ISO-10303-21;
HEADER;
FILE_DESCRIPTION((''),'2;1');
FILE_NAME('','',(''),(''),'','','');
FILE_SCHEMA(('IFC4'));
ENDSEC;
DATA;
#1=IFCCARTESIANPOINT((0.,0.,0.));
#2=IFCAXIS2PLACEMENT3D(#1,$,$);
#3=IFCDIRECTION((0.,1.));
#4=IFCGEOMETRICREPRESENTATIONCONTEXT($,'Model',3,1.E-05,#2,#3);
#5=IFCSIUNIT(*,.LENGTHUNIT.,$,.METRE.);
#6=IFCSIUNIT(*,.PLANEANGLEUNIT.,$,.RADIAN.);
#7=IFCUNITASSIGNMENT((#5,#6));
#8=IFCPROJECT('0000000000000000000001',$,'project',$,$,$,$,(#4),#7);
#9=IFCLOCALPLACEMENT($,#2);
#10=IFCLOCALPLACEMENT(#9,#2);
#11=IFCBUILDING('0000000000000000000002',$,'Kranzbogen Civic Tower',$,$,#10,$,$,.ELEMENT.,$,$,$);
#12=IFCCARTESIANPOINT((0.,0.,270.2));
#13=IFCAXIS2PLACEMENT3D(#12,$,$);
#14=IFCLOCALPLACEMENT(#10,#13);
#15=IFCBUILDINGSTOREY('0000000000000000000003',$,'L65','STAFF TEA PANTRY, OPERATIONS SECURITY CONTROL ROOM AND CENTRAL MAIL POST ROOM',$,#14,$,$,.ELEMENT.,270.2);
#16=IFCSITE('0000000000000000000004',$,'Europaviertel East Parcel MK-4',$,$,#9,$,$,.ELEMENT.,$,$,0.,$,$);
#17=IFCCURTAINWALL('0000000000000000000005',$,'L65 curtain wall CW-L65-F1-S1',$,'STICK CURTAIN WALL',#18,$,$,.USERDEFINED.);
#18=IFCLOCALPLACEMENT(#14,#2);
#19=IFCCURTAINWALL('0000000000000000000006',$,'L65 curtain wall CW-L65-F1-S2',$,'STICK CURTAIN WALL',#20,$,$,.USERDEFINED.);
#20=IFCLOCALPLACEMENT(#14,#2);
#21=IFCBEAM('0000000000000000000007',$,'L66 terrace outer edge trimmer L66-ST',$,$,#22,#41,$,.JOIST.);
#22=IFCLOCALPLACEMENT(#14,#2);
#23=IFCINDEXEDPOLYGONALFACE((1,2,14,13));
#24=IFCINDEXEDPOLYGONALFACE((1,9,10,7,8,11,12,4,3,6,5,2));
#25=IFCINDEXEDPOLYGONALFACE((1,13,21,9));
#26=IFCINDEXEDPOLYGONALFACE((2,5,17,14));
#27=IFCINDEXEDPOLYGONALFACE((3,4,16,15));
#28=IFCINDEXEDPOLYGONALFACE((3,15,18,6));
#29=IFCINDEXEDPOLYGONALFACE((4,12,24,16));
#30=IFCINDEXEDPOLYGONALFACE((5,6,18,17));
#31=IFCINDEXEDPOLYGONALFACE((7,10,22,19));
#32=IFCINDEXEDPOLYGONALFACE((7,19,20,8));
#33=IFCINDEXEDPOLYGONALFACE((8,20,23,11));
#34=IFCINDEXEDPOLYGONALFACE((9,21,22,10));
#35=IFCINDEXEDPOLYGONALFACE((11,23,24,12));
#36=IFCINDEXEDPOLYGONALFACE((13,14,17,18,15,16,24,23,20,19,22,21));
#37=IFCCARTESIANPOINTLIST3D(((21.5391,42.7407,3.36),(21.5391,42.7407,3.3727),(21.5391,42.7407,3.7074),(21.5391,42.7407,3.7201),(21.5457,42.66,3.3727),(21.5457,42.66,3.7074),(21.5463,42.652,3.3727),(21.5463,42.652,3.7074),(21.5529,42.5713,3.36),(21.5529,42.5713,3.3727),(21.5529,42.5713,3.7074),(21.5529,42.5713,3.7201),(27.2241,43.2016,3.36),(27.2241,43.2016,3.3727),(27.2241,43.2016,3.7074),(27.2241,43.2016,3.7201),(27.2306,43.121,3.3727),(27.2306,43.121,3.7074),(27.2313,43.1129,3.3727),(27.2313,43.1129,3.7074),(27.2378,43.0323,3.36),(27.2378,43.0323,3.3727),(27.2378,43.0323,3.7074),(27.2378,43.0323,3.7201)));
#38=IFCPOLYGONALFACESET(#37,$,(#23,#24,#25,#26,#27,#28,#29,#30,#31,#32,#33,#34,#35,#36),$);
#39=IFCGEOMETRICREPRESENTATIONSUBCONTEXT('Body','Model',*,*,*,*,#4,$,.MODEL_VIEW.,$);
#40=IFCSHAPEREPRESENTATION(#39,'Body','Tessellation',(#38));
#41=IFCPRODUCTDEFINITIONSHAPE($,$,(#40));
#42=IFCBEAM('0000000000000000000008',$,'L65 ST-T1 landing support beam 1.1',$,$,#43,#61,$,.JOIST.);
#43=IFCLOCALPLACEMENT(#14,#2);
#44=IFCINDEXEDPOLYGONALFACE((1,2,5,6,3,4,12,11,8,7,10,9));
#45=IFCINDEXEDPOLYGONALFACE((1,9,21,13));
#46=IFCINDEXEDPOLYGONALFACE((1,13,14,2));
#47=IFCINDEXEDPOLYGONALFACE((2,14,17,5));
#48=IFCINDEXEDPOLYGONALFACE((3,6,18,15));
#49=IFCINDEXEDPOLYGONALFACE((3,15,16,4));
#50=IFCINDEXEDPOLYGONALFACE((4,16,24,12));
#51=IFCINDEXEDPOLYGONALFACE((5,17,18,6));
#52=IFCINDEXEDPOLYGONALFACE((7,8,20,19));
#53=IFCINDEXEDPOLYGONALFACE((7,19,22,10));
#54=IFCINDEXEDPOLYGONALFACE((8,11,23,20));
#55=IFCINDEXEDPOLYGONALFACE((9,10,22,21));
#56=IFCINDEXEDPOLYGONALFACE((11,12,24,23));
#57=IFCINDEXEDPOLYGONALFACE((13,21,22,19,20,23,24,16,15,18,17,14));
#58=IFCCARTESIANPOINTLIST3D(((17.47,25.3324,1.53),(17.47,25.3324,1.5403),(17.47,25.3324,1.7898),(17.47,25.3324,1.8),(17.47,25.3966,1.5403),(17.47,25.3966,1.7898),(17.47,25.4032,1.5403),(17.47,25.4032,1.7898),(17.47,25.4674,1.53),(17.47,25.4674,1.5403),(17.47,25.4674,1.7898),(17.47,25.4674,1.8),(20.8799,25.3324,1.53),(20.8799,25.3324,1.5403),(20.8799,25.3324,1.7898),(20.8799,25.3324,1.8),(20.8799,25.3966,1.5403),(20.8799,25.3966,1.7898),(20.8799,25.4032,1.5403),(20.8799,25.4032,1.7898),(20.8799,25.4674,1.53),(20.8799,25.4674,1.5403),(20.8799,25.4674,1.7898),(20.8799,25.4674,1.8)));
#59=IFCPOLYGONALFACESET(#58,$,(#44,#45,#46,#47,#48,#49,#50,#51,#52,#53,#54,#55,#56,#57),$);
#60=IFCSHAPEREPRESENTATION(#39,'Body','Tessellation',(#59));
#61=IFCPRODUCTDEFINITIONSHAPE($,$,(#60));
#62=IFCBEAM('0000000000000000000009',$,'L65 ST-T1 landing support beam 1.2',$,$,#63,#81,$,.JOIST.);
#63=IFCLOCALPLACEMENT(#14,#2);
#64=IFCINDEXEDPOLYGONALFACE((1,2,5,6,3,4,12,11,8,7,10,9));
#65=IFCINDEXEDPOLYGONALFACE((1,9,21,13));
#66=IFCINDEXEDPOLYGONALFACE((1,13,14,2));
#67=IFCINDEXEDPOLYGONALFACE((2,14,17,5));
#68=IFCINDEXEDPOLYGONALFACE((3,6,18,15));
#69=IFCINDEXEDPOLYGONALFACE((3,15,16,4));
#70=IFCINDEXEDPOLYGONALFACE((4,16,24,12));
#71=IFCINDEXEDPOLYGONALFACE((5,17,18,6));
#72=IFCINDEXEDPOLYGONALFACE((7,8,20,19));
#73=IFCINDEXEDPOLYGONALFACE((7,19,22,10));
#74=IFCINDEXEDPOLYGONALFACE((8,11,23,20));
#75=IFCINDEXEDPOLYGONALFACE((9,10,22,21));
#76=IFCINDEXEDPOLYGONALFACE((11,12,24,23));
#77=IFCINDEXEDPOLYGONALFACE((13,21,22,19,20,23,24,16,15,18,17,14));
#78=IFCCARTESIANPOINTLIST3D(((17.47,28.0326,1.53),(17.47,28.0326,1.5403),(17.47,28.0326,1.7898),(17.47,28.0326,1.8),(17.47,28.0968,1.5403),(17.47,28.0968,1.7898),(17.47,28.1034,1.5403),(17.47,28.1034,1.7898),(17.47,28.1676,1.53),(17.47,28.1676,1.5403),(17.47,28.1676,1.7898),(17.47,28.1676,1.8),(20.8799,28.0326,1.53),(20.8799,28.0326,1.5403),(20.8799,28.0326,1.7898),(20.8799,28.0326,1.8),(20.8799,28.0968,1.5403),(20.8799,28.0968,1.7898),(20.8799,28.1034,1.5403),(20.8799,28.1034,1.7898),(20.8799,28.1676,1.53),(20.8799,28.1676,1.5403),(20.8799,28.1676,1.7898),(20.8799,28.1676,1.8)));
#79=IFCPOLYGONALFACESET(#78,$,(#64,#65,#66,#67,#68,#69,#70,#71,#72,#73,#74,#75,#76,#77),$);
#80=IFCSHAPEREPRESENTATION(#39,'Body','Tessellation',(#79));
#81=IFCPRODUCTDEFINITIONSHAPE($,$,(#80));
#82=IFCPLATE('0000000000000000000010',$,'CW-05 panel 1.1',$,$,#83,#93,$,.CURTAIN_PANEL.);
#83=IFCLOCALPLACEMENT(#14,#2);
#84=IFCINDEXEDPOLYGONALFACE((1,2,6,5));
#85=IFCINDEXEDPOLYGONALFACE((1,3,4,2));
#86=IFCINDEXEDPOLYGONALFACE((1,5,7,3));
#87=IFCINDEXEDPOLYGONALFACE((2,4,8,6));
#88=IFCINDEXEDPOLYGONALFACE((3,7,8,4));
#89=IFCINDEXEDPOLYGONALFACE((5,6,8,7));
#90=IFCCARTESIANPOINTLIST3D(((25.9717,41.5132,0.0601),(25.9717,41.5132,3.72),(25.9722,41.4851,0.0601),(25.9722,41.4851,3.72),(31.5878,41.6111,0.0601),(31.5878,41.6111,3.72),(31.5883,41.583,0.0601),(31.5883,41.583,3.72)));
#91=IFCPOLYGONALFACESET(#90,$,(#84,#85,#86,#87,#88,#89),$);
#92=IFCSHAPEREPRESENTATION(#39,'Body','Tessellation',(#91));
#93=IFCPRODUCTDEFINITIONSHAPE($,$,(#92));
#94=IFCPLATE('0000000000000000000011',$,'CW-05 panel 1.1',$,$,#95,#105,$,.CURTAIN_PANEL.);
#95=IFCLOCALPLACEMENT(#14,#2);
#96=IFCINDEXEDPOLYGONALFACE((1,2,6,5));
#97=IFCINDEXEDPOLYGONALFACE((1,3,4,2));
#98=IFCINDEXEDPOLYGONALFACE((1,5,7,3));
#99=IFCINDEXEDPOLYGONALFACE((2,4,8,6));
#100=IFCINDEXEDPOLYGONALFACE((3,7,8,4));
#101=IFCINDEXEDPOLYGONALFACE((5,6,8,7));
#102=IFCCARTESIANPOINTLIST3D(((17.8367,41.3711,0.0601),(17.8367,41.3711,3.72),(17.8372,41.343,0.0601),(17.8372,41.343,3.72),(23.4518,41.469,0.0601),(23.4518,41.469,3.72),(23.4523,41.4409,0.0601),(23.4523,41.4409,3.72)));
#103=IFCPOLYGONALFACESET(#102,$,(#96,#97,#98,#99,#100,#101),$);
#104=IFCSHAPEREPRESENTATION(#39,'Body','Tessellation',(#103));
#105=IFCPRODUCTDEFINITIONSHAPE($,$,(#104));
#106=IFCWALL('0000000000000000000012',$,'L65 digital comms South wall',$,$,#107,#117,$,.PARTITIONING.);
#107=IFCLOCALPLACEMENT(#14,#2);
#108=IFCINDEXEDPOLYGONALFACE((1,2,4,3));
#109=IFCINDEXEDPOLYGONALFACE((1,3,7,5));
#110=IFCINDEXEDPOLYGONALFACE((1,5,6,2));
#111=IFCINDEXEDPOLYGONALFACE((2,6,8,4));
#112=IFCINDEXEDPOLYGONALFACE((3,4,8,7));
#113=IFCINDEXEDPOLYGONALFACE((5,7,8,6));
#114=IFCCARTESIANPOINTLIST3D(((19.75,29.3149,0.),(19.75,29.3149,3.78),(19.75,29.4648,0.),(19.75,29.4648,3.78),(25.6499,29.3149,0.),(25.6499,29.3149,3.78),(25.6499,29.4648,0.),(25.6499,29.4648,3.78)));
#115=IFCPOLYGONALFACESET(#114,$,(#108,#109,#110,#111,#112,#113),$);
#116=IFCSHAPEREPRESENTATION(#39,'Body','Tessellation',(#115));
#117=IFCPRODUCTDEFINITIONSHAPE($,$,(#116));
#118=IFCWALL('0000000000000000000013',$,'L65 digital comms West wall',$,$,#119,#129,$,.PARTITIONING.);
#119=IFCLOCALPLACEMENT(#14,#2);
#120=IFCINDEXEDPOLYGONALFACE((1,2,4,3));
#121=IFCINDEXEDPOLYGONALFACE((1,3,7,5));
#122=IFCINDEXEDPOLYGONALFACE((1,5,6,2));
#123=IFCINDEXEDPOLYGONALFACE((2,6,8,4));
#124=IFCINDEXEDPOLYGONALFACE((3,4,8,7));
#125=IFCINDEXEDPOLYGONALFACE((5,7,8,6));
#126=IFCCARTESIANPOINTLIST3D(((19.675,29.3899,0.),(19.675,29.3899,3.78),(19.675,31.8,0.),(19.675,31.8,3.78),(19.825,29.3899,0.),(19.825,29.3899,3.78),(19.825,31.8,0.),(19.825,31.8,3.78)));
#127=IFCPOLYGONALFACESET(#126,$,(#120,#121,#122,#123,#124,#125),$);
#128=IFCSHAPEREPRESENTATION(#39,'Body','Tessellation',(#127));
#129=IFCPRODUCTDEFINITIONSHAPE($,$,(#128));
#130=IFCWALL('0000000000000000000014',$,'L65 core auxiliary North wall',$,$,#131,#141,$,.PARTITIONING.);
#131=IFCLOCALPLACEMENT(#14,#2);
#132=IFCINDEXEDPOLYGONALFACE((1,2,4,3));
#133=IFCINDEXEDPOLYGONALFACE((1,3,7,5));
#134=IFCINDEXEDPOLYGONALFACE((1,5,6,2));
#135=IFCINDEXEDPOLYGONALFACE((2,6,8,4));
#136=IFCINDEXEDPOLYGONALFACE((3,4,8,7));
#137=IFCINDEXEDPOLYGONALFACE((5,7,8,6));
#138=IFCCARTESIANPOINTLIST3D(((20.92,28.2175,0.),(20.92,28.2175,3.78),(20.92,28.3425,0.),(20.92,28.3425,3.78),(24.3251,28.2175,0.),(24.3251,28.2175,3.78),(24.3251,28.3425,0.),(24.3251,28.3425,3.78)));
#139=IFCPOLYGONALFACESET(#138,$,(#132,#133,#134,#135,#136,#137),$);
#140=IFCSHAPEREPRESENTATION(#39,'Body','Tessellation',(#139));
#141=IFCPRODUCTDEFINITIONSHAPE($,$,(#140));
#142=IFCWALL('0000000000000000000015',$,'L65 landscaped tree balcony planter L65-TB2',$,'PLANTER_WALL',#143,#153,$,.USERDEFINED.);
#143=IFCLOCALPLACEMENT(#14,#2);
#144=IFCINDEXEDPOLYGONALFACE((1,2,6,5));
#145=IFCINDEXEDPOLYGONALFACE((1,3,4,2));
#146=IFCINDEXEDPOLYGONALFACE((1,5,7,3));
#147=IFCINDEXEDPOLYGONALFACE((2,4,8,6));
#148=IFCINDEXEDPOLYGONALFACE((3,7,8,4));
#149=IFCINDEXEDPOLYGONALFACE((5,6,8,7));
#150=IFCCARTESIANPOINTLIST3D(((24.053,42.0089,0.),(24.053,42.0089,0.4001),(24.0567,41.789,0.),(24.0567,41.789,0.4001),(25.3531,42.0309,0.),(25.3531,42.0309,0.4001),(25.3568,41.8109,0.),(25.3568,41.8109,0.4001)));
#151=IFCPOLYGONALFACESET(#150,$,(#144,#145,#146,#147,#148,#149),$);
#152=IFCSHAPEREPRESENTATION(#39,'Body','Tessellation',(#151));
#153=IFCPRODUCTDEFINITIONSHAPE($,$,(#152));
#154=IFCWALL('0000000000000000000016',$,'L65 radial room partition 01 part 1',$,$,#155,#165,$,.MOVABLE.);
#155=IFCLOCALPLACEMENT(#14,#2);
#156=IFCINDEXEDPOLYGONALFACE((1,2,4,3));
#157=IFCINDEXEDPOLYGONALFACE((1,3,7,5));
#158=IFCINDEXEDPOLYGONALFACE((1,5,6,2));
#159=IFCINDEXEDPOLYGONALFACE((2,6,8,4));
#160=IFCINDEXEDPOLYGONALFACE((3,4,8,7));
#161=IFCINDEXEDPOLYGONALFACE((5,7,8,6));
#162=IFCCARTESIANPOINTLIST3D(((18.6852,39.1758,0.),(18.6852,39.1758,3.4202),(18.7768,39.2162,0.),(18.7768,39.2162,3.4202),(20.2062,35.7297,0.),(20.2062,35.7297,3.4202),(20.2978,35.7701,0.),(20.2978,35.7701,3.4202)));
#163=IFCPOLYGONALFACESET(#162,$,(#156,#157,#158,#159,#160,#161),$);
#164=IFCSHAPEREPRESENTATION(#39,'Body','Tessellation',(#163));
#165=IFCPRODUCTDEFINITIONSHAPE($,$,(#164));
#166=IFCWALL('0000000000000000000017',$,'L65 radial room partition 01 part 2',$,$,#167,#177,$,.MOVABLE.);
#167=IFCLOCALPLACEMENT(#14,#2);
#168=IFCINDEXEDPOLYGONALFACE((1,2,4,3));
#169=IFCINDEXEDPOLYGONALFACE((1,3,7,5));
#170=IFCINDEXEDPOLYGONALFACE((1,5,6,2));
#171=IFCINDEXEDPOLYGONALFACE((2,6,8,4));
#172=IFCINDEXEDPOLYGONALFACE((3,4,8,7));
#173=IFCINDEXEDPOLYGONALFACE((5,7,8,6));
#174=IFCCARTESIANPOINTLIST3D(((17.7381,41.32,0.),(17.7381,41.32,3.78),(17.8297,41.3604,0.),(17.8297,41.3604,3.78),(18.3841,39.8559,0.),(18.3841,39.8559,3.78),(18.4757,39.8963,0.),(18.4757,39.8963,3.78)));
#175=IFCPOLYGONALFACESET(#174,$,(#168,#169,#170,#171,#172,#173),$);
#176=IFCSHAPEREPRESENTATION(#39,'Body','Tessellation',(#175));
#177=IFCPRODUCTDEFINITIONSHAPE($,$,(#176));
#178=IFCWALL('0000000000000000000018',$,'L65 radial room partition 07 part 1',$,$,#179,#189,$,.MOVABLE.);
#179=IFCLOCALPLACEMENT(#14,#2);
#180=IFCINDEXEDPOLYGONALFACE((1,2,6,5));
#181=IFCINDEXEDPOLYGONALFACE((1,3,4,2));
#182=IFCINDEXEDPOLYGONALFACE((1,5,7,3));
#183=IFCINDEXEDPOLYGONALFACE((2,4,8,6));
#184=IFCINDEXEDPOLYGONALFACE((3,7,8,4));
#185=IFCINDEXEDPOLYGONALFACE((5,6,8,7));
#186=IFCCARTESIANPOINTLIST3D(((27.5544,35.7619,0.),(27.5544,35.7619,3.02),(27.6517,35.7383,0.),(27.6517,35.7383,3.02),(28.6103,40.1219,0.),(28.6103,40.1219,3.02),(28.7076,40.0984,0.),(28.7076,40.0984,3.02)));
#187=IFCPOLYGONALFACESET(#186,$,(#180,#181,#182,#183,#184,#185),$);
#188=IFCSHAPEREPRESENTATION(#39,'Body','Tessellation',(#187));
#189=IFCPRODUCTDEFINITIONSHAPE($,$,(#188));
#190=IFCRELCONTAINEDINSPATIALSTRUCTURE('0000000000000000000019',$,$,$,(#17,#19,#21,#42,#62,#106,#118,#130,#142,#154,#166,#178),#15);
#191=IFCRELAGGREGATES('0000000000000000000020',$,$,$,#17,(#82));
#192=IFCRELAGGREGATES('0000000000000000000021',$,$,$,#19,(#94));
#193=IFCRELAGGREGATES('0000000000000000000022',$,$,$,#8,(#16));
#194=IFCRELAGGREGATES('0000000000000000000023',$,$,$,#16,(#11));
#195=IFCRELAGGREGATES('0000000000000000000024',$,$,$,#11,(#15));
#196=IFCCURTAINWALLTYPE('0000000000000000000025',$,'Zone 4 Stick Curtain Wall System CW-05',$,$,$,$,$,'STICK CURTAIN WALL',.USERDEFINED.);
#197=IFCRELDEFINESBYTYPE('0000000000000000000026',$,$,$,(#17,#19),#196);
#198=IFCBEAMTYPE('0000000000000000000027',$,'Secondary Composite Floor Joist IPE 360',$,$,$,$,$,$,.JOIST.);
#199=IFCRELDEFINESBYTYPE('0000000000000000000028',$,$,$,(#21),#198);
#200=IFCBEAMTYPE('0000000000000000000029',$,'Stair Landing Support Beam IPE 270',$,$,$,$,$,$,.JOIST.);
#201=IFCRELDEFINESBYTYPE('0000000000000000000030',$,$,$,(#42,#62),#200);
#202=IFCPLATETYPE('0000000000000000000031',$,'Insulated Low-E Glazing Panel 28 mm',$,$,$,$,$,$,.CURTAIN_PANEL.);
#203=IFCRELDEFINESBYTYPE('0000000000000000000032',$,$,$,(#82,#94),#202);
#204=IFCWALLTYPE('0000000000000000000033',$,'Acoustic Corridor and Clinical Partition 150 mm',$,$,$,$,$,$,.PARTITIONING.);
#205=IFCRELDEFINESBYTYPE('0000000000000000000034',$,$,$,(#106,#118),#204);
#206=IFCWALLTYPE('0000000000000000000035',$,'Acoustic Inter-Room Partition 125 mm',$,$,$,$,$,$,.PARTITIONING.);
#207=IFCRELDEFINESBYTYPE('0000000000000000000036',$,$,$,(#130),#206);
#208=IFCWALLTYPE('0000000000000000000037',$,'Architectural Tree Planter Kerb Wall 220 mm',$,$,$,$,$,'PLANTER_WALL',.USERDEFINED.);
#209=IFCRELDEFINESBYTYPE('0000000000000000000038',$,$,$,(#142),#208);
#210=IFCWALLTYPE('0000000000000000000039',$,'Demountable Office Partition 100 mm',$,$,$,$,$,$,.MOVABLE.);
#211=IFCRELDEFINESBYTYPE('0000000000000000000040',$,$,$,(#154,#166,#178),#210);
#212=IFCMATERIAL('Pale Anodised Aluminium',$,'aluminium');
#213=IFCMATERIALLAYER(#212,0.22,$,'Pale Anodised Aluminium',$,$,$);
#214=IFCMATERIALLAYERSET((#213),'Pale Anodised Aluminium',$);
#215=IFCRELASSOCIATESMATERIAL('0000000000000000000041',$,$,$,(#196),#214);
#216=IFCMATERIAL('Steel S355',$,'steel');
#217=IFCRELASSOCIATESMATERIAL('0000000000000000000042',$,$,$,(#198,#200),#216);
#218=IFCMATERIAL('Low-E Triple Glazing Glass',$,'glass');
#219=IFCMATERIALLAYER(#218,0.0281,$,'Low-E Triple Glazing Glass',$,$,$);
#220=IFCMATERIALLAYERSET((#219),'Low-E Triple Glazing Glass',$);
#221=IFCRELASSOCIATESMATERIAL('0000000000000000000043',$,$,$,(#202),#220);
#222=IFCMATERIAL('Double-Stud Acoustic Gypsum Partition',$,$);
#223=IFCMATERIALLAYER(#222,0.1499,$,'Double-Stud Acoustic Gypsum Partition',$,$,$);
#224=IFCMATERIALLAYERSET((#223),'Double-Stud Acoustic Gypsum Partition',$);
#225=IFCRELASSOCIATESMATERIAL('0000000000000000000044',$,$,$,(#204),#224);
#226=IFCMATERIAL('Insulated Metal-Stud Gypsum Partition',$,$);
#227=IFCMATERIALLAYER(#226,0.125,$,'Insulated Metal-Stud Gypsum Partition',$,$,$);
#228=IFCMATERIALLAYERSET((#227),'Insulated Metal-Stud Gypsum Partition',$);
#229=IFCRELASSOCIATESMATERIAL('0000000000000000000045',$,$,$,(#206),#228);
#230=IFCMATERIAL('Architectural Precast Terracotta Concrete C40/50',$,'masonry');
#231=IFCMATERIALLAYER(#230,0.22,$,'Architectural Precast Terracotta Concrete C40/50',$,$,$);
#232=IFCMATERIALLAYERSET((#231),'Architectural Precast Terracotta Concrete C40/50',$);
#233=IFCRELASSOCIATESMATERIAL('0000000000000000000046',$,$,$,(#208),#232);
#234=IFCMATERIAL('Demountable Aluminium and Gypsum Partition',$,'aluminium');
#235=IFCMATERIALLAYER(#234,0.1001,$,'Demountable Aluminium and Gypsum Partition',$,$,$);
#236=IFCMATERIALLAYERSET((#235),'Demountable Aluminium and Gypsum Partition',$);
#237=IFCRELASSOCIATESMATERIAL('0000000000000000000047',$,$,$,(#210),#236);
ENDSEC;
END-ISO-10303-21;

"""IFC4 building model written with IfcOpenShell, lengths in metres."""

from ifc_helpers import new_model, si_unit, direction, frame, frame_2d, origin, origin_2d, place, context, subcontext, project, spatial, rectangle, i_section, extrude, material, layer, layer_set, material_profile, profile_set, type_object, element, aggregate, save


model = new_model("IFC4")

# Units and contexts
model_context = context("Model", 3, precision=1e-05, world=origin(), true_north=direction((0.0, 1.0)))
body_context = subcontext(model_context, "Body", "Model", "MODEL_VIEW")
ifc_project = project(units=[si_unit("LENGTHUNIT", "METRE"), si_unit("PLANEANGLEUNIT", "RADIAN")], contexts=[model_context])

# Site, building, storey
site_placement = place(None, origin())
site = spatial("IfcSite", under=ifc_project, at=site_placement, Name="Europaviertel East Parcel MK-4", CompositionType="ELEMENT", RefElevation=0.0)
building_placement = place(site_placement, origin())
building = spatial("IfcBuilding", under=site, at=building_placement, Name="Kranzbogen Civic Tower", CompositionType="ELEMENT")
storey_placement = place(building_placement, frame((0.0, 0.0, 270.2)))
storey = spatial("IfcBuildingStorey", under=building, at=storey_placement, Name="L65", Description="STAFF TEA PANTRY, OPERATIONS SECURITY CONTROL ROOM AND CENTRAL MAIL POST ROOM", CompositionType="ELEMENT", Elevation=270.2)

# Shared definitions
ifc_material_1 = material(Name="Steel S355", Category="steel")

# Curtain wall
ifc_material_2 = material(Name="Pale Anodised Aluminium", Category="aluminium")
ifc_layer_1 = layer(ifc_material_2, 0.22, Name="Pale Anodised Aluminium")
ifc_layer_set_1 = layer_set([ifc_layer_1], Name="Pale Anodised Aluminium")
curtain_wall_type = type_object("IfcCurtainWallType", Name="Zone 4 Stick Curtain Wall System CW-05", ElementType="STICK CURTAIN WALL", PredefinedType="USERDEFINED", material=ifc_layer_set_1)
curtain_wall_1_placement = place(storey_placement, origin())
curtain_wall_1 = element("IfcCurtainWall", 1, at=curtain_wall_1_placement, inside=storey, type_object=curtain_wall_type, Name="L65 curtain wall CW-L65-F1-S1", ObjectType="STICK CURTAIN WALL", PredefinedType="USERDEFINED")

# Curtain wall
curtain_wall_2_placement = place(storey_placement, origin())
curtain_wall_2 = element("IfcCurtainWall", 2, at=curtain_wall_2_placement, inside=storey, type_object=curtain_wall_type, Name="L65 curtain wall CW-L65-F1-S2", ObjectType="STICK CURTAIN WALL", PredefinedType="USERDEFINED")

# Beams
ifc_material_profile_1 = material_profile(ifc_material_1, i_section(OverallWidth=0.1699, OverallDepth=0.3601, WebThickness=0.0081, FlangeThickness=0.0127, at=origin_2d()), Name="IPE 360")
ifc_profile_set_1 = profile_set([ifc_material_profile_1], Name="Steel S355")
beam_type_1 = type_object("IfcBeamType", Name="Secondary Composite Floor Joist IPE 360", PredefinedType="JOIST", material=ifc_profile_set_1)
beam_1_placement = place(storey_placement, frame((27.231, 43.1169, 3.54), z_axis=(-0.996729, -0.080814, 0.0), x_axis=(0.080814, -0.996729, 0.0)))
element("IfcBeam", 3, at=beam_1_placement, inside=storey, type_object=beam_type_1, Name="L66 terrace outer edge trimmer L66-ST", PredefinedType="JOIST", context=body_context, shape_type="SweptSolid", body=[
    extrude(i_section(OverallWidth=0.1699, OverallDepth=0.3601, WebThickness=0.0081, FlangeThickness=0.0127, at=origin_2d()), origin(), (0.0, 0.0, 1.0), 5.7036),
])
ifc_material_profile_2 = material_profile(ifc_material_1, i_section(OverallWidth=0.135, OverallDepth=0.27, WebThickness=0.0066, FlangeThickness=0.0103, at=origin_2d()), Name="IPE 270")
ifc_profile_set_2 = profile_set([ifc_material_profile_2], Name="Steel S355")
beam_type_2 = type_object("IfcBeamType", Name="Stair Landing Support Beam IPE 270", PredefinedType="JOIST", material=ifc_profile_set_2)
for number, where, z_axis, x_axis, name in (
    (4, (20.8799, 25.3999, 1.665), (-1.0, 0.0, 0.0), (0.0, -1.0, 0.0), "L65 ST-T1 landing support beam 1.1"),
    (5, (20.8799, 28.1001, 1.665), (-1.0, 0.0, 0.0), (0.0, -1.0, 0.0), "L65 ST-T1 landing support beam 1.2"),
):
    element("IfcBeam", number, at=place(storey_placement, frame(where, z_axis=z_axis, x_axis=x_axis)), inside=storey, type_object=beam_type_2, Name=name, PredefinedType="JOIST", context=body_context, shape_type="SweptSolid", body=[
        extrude(i_section(OverallWidth=0.135, OverallDepth=0.27, WebThickness=0.0066, FlangeThickness=0.0103, at=origin_2d()), origin(), (0.0, 0.0, 1.0), 3.4099),
    ])

# Plates
ifc_material_3 = material(Name="Low-E Triple Glazing Glass", Category="glass")
ifc_layer_2 = layer(ifc_material_3, 0.0281, Name="Low-E Triple Glazing Glass")
ifc_layer_set_2 = layer_set([ifc_layer_2], Name="Low-E Triple Glazing Glass")
plate_type = type_object("IfcPlateType", Name="Insulated Low-E Glazing Panel 28 mm", PredefinedType="CURTAIN_PANEL", material=ifc_layer_set_2)
plate_1_placement = place(storey_placement, frame((28.78, 41.5481, 0.0601), z_axis=(0.0, 0.0, 1.0), x_axis=(-0.999848, -0.017431, 0.0)))
plate_1 = element("IfcPlate", 6, at=plate_1_placement, type_object=plate_type, Name="CW-05 panel 1.1", PredefinedType="CURTAIN_PANEL", context=body_context, shape_type="SweptSolid", body=[
    extrude(rectangle(XDim=5.6169, YDim=0.0281, at=origin_2d()), origin(), (0.0, 0.0, 1.0), 3.6599),
])
aggregate(curtain_wall_1, [plate_1])
plate_2_placement = place(storey_placement, frame((20.6445, 41.406, 0.0601), z_axis=(0.0, 0.0, 1.0), x_axis=(-0.999848, -0.017434, 0.0)))
plate_2 = element("IfcPlate", 7, at=plate_2_placement, type_object=plate_type, Name="CW-05 panel 1.1", PredefinedType="CURTAIN_PANEL", context=body_context, shape_type="SweptSolid", body=[
    extrude(rectangle(XDim=5.616, YDim=0.0281, at=origin_2d()), origin(), (0.0, 0.0, 1.0), 3.6599),
])
aggregate(curtain_wall_2, [plate_2])

# Walls
ifc_material_4 = material(Name="Double-Stud Acoustic Gypsum Partition")
ifc_layer_3 = layer(ifc_material_4, 0.1499, Name="Double-Stud Acoustic Gypsum Partition")
ifc_layer_set_3 = layer_set([ifc_layer_3], Name="Double-Stud Acoustic Gypsum Partition")
wall_type_1 = type_object("IfcWallType", Name="Acoustic Corridor and Clinical Partition 150 mm", PredefinedType="PARTITIONING", material=ifc_layer_set_3)
wall_1_placement = place(storey_placement, frame((19.75, 29.3899, 0.0), z_axis=(0.0, 0.0, 1.0), x_axis=(1.0, 0.0, 0.0)))
element("IfcWall", 8, at=wall_1_placement, inside=storey, type_object=wall_type_1, Name="L65 digital comms South wall", PredefinedType="PARTITIONING", context=body_context, shape_type="SweptSolid", body=[
    extrude(rectangle(XDim=5.8999, YDim=0.1499, at=frame_2d((2.95, 0.0))), origin(), (0.0, 0.0, 1.0), 3.78),
])
wall_2_placement = place(storey_placement, frame((19.75, 29.3899, 0.0), z_axis=(0.0, 0.0, 1.0), x_axis=(0.0, 1.0, 0.0)))
element("IfcWall", 9, at=wall_2_placement, inside=storey, type_object=wall_type_1, Name="L65 digital comms West wall", PredefinedType="PARTITIONING", context=body_context, shape_type="SweptSolid", body=[
    extrude(rectangle(XDim=2.4102, YDim=0.1499, at=frame_2d((1.2051, 0.0))), origin(), (0.0, 0.0, 1.0), 3.78),
])
ifc_material_5 = material(Name="Insulated Metal-Stud Gypsum Partition")
ifc_layer_4 = layer(ifc_material_5, 0.125, Name="Insulated Metal-Stud Gypsum Partition")
ifc_layer_set_4 = layer_set([ifc_layer_4], Name="Insulated Metal-Stud Gypsum Partition")
wall_type_2 = type_object("IfcWallType", Name="Acoustic Inter-Room Partition 125 mm", PredefinedType="PARTITIONING", material=ifc_layer_set_4)
wall_3_placement = place(storey_placement, frame((20.9199, 28.28, 0.0), z_axis=(0.0, 0.0, 1.0), x_axis=(1.0, 0.0, 0.0)))
element("IfcWall", 10, at=wall_3_placement, inside=storey, type_object=wall_type_2, Name="L65 core auxiliary North wall", PredefinedType="PARTITIONING", context=body_context, shape_type="SweptSolid", body=[
    extrude(rectangle(XDim=3.405, YDim=0.125, at=frame_2d((1.7026, 0.0))), origin(), (0.0, 0.0, 1.0), 3.78),
])
ifc_material_6 = material(Name="Architectural Precast Terracotta Concrete C40/50", Category="masonry")
ifc_layer_5 = layer(ifc_material_6, 0.22, Name="Architectural Precast Terracotta Concrete C40/50")
ifc_layer_set_5 = layer_set([ifc_layer_5], Name="Architectural Precast Terracotta Concrete C40/50")
wall_type_3 = type_object("IfcWallType", Name="Architectural Tree Planter Kerb Wall 220 mm", ElementType="PLANTER_WALL", PredefinedType="USERDEFINED", material=ifc_layer_set_5)
wall_4_placement = place(storey_placement, frame((25.355, 41.9209, 0.0), z_axis=(0.0, 0.0, 1.0), x_axis=(-0.999857, -0.016899, 0.0)))
element("IfcWall", 11, at=wall_4_placement, inside=storey, type_object=wall_type_3, Name="L65 landscaped tree balcony planter L65-TB2", ObjectType="PLANTER_WALL", PredefinedType="USERDEFINED", context=body_context, shape_type="SweptSolid", body=[
    extrude(rectangle(XDim=1.3003, YDim=0.22, at=frame_2d((0.6501, 0.0))), origin(), (0.0, 0.0, 1.0), 0.4001),
])
ifc_material_7 = material(Name="Demountable Aluminium and Gypsum Partition", Category="aluminium")
ifc_layer_6 = layer(ifc_material_7, 0.1001, Name="Demountable Aluminium and Gypsum Partition")
ifc_layer_set_6 = layer_set([ifc_layer_6], Name="Demountable Aluminium and Gypsum Partition")
wall_type_4 = type_object("IfcWallType", Name="Demountable Office Partition 100 mm", PredefinedType="MOVABLE", material=ifc_layer_set_6)
wall_5_placement = place(storey_placement, frame((20.252, 35.75, 0.0), z_axis=(0.0, 0.0, 1.0), x_axis=(-0.403792, 0.914851, 0.0)))
element("IfcWall", 12, at=wall_5_placement, inside=storey, type_object=wall_type_4, Name="L65 radial room partition 01 part 1", PredefinedType="MOVABLE", context=body_context, shape_type="SweptSolid", body=[
    extrude(rectangle(XDim=3.7668, YDim=0.1001, at=frame_2d((1.8833, 0.0))), origin(), (0.0, 0.0, 1.0), 3.4202),
])
wall_6_placement = place(storey_placement, frame((18.4299, 39.876, 0.0), z_axis=(0.0, 0.0, 1.0), x_axis=(-0.403674, 0.914903, 0.0)))
element("IfcWall", 13, at=wall_6_placement, inside=storey, type_object=wall_type_4, Name="L65 radial room partition 01 part 2", PredefinedType="MOVABLE", context=body_context, shape_type="SweptSolid", body=[
    extrude(rectangle(XDim=1.6003, YDim=0.1001, at=frame_2d((0.8003, 0.0))), origin(), (0.0, 0.0, 1.0), 3.78),
])
wall_7_placement = place(storey_placement, frame((27.603, 35.75, 0.0), z_axis=(0.0, 0.0, 1.0), x_axis=(0.235371, 0.971906, 0.0)))
element("IfcWall", 14, at=wall_7_placement, inside=storey, type_object=wall_type_4, Name="L65 radial room partition 07 part 1", PredefinedType="MOVABLE", context=body_context, shape_type="SweptSolid", body=[
    extrude(rectangle(XDim=4.4861, YDim=0.1001, at=frame_2d((2.2432, 0.0))), origin(), (0.0, 0.0, 1.0), 3.02),
])

save(model, "model.ifc")
